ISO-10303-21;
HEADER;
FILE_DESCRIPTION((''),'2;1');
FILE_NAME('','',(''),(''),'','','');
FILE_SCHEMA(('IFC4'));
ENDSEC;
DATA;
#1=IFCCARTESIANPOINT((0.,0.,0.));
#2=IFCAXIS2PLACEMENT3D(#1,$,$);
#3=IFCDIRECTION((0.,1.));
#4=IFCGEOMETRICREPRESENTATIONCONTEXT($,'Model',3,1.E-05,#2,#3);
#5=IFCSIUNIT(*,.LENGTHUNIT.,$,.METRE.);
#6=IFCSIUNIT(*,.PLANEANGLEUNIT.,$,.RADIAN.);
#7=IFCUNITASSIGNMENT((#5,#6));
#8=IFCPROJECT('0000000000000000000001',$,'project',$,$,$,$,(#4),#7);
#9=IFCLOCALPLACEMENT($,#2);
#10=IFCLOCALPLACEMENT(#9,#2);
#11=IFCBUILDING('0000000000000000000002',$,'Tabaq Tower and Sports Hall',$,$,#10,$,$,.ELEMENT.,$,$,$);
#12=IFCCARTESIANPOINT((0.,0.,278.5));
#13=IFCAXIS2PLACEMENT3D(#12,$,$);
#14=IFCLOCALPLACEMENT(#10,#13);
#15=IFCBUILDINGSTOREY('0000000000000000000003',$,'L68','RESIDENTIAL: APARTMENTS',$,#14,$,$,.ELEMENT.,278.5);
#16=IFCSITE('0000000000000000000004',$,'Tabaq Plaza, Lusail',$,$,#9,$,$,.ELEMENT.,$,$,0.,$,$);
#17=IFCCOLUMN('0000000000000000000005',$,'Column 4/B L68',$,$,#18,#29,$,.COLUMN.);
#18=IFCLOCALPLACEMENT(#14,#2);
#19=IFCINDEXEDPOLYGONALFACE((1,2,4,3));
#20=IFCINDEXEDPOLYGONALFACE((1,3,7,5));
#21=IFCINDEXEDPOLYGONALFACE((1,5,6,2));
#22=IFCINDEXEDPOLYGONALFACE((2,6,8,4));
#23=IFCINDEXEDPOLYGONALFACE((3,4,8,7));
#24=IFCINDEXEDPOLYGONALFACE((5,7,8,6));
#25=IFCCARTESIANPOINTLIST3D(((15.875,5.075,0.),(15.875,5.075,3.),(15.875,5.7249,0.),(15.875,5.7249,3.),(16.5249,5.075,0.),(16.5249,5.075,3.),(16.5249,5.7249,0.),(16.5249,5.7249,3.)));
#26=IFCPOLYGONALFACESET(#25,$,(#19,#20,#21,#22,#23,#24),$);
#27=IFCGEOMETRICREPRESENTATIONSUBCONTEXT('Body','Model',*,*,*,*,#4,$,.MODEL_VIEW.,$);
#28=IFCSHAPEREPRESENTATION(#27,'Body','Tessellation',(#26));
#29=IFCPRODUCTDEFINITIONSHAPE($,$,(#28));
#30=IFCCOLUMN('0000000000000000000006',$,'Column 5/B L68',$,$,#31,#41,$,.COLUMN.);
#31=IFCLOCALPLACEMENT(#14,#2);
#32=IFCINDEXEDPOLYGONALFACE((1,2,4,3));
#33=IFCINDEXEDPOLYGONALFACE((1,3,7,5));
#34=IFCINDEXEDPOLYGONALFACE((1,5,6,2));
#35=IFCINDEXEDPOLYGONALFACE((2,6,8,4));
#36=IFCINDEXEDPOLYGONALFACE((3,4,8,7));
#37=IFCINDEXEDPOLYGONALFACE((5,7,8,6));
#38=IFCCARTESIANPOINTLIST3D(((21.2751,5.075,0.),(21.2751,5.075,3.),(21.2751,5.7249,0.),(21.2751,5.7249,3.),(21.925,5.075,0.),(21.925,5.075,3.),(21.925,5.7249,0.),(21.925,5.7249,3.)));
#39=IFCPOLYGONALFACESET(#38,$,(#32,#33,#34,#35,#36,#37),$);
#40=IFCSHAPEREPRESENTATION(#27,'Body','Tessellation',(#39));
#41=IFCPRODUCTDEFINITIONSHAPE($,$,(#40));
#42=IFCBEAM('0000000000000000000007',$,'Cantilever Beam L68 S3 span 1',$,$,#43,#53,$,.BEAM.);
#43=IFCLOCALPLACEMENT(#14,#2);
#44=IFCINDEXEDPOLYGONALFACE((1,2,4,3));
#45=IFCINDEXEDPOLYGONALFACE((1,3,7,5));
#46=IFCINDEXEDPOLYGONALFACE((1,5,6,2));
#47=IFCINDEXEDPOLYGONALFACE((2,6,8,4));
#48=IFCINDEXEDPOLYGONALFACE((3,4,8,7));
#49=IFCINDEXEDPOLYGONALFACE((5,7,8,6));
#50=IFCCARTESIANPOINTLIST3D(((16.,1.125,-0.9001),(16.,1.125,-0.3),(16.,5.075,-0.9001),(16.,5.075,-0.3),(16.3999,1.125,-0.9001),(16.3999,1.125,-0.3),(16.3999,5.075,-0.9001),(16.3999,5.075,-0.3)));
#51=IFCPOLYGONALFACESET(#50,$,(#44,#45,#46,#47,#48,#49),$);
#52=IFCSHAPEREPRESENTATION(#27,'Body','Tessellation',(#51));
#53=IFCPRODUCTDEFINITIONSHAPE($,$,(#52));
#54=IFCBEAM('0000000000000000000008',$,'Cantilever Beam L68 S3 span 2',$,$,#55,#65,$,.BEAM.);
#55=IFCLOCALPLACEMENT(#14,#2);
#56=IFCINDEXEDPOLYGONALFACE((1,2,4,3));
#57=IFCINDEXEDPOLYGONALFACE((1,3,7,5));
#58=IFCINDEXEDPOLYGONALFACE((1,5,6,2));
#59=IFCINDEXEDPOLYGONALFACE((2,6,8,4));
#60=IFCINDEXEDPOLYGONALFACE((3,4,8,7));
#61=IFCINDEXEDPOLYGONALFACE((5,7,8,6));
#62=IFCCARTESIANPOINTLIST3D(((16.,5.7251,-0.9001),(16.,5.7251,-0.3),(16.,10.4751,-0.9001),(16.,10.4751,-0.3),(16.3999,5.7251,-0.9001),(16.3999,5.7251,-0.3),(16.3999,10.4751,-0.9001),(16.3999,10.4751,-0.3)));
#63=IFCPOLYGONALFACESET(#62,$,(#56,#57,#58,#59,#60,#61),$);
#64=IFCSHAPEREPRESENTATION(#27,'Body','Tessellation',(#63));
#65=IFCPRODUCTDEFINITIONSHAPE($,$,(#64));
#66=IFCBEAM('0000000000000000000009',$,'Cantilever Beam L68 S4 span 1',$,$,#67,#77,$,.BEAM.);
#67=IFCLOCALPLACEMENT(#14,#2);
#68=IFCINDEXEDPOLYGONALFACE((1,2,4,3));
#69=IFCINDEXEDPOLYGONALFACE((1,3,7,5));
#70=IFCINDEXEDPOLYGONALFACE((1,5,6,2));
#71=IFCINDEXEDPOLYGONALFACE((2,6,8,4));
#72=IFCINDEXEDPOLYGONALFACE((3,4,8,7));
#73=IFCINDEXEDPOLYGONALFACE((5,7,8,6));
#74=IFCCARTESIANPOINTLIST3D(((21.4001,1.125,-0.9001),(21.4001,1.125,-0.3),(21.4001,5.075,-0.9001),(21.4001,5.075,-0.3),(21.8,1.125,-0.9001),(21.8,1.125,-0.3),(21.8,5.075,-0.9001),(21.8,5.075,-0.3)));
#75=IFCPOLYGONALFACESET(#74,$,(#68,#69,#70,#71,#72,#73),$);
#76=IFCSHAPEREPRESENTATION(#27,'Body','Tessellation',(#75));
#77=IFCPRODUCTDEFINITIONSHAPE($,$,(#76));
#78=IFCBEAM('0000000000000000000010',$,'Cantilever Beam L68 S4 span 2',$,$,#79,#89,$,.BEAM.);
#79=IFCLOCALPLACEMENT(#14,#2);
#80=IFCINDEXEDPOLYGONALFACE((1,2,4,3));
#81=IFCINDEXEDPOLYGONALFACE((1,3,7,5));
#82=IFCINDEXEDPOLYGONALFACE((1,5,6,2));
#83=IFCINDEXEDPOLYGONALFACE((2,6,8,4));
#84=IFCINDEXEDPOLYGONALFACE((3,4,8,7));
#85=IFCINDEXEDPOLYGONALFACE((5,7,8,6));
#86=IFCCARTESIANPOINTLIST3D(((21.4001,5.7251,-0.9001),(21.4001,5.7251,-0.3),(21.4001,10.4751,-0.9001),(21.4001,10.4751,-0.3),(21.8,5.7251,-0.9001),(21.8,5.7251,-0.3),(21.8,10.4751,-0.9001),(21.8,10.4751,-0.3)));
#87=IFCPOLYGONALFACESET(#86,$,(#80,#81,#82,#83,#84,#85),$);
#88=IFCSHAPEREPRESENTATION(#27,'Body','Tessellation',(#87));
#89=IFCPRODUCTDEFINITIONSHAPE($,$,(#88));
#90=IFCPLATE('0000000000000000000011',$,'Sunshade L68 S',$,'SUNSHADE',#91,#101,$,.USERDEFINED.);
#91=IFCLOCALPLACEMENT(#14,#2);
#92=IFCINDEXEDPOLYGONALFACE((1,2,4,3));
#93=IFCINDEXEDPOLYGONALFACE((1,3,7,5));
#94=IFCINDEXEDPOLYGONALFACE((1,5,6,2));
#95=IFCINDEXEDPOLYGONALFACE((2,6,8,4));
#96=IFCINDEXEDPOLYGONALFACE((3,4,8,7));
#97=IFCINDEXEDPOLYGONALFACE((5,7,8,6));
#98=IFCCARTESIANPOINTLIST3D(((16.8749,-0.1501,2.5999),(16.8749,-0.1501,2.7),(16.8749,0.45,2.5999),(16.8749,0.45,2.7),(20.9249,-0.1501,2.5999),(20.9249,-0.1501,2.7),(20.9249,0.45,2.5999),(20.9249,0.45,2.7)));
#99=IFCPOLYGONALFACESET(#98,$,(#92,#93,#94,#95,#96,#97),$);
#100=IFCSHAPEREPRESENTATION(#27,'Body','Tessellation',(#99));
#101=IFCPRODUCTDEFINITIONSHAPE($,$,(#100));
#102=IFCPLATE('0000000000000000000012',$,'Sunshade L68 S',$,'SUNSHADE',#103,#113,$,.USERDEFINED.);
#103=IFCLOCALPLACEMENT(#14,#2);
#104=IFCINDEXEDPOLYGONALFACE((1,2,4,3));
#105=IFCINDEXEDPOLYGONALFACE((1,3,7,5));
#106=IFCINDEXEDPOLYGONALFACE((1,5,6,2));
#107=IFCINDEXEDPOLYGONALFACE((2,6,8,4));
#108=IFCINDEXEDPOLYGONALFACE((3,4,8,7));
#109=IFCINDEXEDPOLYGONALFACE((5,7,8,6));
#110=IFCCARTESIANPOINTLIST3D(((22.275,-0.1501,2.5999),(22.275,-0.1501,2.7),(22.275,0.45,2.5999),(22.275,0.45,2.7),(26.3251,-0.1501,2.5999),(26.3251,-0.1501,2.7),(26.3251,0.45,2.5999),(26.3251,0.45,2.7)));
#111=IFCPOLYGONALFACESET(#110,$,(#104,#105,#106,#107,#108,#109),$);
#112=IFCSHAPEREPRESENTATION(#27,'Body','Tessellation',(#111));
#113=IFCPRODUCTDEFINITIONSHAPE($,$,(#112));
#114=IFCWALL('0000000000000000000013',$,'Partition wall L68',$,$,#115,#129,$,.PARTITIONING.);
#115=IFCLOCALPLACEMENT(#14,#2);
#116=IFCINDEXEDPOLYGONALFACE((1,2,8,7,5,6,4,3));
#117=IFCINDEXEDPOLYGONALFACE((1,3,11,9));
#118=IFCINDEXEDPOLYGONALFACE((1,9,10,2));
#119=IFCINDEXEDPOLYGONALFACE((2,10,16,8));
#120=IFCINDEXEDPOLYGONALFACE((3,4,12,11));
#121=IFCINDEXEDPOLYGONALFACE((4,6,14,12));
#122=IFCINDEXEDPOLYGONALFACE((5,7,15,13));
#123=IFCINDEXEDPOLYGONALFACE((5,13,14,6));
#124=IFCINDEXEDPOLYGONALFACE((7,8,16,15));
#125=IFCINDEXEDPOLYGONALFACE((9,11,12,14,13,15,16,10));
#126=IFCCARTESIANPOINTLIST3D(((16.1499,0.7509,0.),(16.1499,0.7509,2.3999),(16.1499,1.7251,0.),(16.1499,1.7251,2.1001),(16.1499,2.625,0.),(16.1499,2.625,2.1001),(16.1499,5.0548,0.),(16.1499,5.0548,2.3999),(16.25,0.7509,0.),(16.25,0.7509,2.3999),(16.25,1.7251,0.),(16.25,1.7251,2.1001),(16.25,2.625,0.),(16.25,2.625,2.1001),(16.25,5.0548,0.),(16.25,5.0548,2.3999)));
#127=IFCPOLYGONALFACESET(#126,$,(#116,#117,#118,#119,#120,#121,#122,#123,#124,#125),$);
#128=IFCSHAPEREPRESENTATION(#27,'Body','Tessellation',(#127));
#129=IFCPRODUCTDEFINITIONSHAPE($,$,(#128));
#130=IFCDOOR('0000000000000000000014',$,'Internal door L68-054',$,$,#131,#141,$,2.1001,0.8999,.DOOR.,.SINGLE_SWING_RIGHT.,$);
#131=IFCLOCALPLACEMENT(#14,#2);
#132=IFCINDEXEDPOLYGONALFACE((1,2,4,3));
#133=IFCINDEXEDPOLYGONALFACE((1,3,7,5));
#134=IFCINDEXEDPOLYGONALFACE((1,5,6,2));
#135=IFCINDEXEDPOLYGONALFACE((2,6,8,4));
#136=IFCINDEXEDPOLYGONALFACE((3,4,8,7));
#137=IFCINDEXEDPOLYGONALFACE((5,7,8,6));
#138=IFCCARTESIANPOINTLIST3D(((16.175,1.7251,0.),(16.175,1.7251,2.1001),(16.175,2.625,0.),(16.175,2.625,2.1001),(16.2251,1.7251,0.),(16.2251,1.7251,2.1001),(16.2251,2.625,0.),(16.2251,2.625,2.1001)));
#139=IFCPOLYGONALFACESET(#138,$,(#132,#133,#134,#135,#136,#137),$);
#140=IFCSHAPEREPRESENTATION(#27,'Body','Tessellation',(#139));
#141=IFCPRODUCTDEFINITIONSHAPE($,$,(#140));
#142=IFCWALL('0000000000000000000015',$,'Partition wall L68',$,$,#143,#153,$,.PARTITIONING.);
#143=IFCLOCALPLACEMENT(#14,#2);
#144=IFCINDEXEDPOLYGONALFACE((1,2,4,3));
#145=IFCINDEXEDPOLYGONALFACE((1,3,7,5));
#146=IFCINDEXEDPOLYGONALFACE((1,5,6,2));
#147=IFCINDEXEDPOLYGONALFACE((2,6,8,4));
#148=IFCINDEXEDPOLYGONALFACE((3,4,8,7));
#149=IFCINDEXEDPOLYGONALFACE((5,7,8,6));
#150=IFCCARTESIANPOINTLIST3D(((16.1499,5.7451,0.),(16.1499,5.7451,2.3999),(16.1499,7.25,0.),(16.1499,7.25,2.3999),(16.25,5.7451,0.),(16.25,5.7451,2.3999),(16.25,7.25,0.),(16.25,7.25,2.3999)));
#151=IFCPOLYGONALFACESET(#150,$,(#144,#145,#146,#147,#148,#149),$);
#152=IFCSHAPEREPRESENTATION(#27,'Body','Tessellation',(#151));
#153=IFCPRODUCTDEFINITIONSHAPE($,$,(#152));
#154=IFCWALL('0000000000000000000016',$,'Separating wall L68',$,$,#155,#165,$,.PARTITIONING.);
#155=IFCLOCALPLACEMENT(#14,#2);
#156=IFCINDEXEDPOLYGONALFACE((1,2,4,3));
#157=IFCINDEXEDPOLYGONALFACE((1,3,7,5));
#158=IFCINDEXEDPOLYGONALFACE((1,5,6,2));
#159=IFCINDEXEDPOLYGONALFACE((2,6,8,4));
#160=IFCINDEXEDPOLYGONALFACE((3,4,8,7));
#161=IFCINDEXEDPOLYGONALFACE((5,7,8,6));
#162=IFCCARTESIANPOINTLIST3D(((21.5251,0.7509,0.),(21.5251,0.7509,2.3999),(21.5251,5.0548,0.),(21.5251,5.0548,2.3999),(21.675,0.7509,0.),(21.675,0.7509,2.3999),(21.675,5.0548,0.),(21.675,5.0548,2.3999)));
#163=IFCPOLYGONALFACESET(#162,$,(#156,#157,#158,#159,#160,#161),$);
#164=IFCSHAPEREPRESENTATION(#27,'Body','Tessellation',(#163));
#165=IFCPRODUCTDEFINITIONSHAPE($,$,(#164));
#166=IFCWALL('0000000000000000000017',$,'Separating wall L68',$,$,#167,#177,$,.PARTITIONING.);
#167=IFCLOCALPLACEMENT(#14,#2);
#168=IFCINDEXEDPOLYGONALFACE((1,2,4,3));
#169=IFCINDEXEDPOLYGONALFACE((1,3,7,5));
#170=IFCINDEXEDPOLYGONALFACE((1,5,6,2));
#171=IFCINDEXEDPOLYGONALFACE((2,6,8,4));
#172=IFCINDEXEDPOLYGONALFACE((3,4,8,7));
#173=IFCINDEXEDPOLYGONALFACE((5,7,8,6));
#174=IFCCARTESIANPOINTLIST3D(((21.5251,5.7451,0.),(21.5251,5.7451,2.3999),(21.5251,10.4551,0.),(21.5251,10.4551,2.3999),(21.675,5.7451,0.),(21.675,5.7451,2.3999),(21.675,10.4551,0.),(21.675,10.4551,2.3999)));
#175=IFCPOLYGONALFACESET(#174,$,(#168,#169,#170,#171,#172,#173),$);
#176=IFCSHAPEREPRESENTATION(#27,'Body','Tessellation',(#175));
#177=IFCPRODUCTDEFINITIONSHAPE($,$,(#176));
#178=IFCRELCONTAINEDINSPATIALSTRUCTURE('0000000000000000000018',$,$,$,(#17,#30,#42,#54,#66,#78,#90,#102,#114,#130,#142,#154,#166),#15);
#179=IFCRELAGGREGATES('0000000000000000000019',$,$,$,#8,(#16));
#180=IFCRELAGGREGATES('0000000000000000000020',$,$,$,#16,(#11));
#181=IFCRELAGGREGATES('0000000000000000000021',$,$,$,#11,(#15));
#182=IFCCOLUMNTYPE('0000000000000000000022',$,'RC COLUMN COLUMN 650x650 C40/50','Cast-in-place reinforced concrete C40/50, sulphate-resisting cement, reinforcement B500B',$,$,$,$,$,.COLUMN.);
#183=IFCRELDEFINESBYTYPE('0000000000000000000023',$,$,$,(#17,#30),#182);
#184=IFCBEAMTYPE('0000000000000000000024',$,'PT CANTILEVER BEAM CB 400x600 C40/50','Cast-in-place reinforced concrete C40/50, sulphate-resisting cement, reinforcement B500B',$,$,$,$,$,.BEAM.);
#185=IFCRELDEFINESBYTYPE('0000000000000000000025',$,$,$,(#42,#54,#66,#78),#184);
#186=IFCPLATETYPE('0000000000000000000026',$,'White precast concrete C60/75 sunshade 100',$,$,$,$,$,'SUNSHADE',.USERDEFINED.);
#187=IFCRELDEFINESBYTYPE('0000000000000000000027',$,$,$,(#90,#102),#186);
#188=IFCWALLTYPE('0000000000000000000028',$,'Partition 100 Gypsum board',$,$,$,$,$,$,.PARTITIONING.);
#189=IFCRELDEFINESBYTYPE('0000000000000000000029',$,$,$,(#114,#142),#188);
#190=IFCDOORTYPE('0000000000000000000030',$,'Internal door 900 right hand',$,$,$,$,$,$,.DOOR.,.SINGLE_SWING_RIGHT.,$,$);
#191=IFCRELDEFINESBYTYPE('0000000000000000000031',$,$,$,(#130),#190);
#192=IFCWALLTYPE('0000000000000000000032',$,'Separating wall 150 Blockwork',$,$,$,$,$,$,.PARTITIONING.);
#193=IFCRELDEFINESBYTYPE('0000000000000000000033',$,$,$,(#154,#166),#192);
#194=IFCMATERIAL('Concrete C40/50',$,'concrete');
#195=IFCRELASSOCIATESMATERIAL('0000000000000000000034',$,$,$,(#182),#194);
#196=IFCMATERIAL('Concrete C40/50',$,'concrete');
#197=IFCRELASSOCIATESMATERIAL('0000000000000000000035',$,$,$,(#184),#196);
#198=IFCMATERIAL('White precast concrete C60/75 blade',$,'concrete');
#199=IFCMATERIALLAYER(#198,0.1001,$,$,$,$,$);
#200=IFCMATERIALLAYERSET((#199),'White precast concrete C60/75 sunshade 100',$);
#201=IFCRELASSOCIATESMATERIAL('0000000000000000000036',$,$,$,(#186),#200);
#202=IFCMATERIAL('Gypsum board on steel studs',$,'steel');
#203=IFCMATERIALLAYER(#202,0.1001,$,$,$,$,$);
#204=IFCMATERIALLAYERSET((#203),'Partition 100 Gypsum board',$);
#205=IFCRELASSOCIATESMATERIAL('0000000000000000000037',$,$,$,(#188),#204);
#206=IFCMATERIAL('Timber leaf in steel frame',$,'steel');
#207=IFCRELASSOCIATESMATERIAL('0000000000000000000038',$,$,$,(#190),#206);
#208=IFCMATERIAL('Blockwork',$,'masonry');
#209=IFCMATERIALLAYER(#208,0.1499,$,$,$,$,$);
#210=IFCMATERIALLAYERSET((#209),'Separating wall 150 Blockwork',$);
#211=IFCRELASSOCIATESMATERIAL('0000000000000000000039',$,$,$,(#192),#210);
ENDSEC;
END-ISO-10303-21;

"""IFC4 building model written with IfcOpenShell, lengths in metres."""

from ifc_helpers import new_model, si_unit, direction, frame, frame_2d, origin, origin_2d, place, context, subcontext, project, spatial, rectangle, extrude, material, layer, layer_set, material_profile, profile_set, type_object, element, fill, save


model = new_model("IFC4")

# Units and contexts
model_context = context("Model", 3, precision=1e-05, world=origin(), true_north=direction((0.0, 1.0)))
body_context = subcontext(model_context, "Body", "Model", "MODEL_VIEW")
ifc_project = project(units=[si_unit("LENGTHUNIT", "METRE"), si_unit("PLANEANGLEUNIT", "RADIAN")], contexts=[model_context])

# Site, building, storey
site_placement = place(None, origin())
site = spatial("IfcSite", under=ifc_project, at=site_placement, Name="Tabaq Plaza, Lusail", CompositionType="ELEMENT", RefElevation=0.0)
building_placement = place(site_placement, origin())
building = spatial("IfcBuilding", under=site, at=building_placement, Name="Tabaq Tower and Sports Hall", CompositionType="ELEMENT")
storey_placement = place(building_placement, frame((0.0, 0.0, 278.5)))
storey = spatial("IfcBuildingStorey", under=building, at=storey_placement, Name="L68", Description="RESIDENTIAL: APARTMENTS", CompositionType="ELEMENT", Elevation=278.5)

# Columns
ifc_material_1 = material(Name="Concrete C40/50", Category="concrete")
ifc_material_profile_1 = material_profile(ifc_material_1, rectangle(XDim=0.6499, YDim=0.6499, at=origin_2d()), Name="COLUMN 650x650")
ifc_profile_set_1 = profile_set([ifc_material_profile_1], Name="Concrete C40/50")
column_type = type_object("IfcColumnType", Name="RC COLUMN COLUMN 650x650 C40/50", Description="Cast-in-place reinforced concrete C40/50, sulphate-resisting cement, reinforcement B500B", PredefinedType="COLUMN", material=ifc_profile_set_1)
for number, where, z_axis, x_axis, name in (
    (1, (16.2, 5.3999, 0.0), (0.0, 0.0, 1.0), (1.0, 0.0, 0.0), "Column 4/B L68"),
    (2, (21.6001, 5.3999, 0.0), (0.0, 0.0, 1.0), (1.0, 0.0, 0.0), "Column 5/B L68"),
):
    element("IfcColumn", number, at=place(storey_placement, frame(where, z_axis=z_axis, x_axis=x_axis)), inside=storey, type_object=column_type, Name=name, PredefinedType="COLUMN", context=body_context, shape_type="SweptSolid", body=[
        extrude(rectangle(XDim=0.6499, YDim=0.6499, at=origin_2d()), origin(), (0.0, 0.0, 1.0), 3.0),
    ])

# Beams
ifc_material_2 = material(Name="Concrete C40/50", Category="concrete")
ifc_material_profile_2 = material_profile(ifc_material_2, rectangle(XDim=0.3999, YDim=0.6001, at=origin_2d()), Name="CB 400x600")
ifc_profile_set_2 = profile_set([ifc_material_profile_2], Name="Concrete C40/50")
beam_type = type_object("IfcBeamType", Name="PT CANTILEVER BEAM CB 400x600 C40/50", Description="Cast-in-place reinforced concrete C40/50, sulphate-resisting cement, reinforcement B500B", PredefinedType="BEAM", material=ifc_profile_set_2)
beam_1_placement = place(storey_placement, frame((16.2, 1.125, -0.6001), z_axis=(0.0, 1.0, 0.0), x_axis=(-1.0, 0.0, 0.0)))
element("IfcBeam", 3, at=beam_1_placement, inside=storey, type_object=beam_type, Name="Cantilever Beam L68 S3 span 1", PredefinedType="BEAM", context=body_context, shape_type="SweptSolid", body=[
    extrude(rectangle(XDim=0.3999, YDim=0.6001, at=origin_2d()), origin(), (0.0, 0.0, 1.0), 3.95),
])
beam_2_placement = place(storey_placement, frame((16.2, 5.7251, -0.6001), z_axis=(0.0, 1.0, 0.0), x_axis=(-1.0, 0.0, 0.0)))
element("IfcBeam", 4, at=beam_2_placement, inside=storey, type_object=beam_type, Name="Cantilever Beam L68 S3 span 2", PredefinedType="BEAM", context=body_context, shape_type="SweptSolid", body=[
    extrude(rectangle(XDim=0.3999, YDim=0.6001, at=origin_2d()), origin(), (0.0, 0.0, 1.0), 4.75),
])
beam_3_placement = place(storey_placement, frame((21.6001, 1.125, -0.6001), z_axis=(0.0, 1.0, 0.0), x_axis=(-1.0, 0.0, 0.0)))
element("IfcBeam", 5, at=beam_3_placement, inside=storey, type_object=beam_type, Name="Cantilever Beam L68 S4 span 1", PredefinedType="BEAM", context=body_context, shape_type="SweptSolid", body=[
    extrude(rectangle(XDim=0.3999, YDim=0.6001, at=origin_2d()), origin(), (0.0, 0.0, 1.0), 3.95),
])
beam_4_placement = place(storey_placement, frame((21.6001, 5.7251, -0.6001), z_axis=(0.0, 1.0, 0.0), x_axis=(-1.0, 0.0, 0.0)))
element("IfcBeam", 6, at=beam_4_placement, inside=storey, type_object=beam_type, Name="Cantilever Beam L68 S4 span 2", PredefinedType="BEAM", context=body_context, shape_type="SweptSolid", body=[
    extrude(rectangle(XDim=0.3999, YDim=0.6001, at=origin_2d()), origin(), (0.0, 0.0, 1.0), 4.75),
])

# Plates
ifc_material_3 = material(Name="White precast concrete C60/75 blade", Category="concrete")
ifc_layer_1 = layer(ifc_material_3, 0.1001)
ifc_layer_set_1 = layer_set([ifc_layer_1], Name="White precast concrete C60/75 sunshade 100")
plate_type = type_object("IfcPlateType", Name="White precast concrete C60/75 sunshade 100", ElementType="SUNSHADE", PredefinedType="USERDEFINED", material=ifc_layer_set_1)
for number, where, z_axis, x_axis, name in (
    (7, (18.8999, 0.1499, 2.5999), (0.0, 0.0, 1.0), (1.0, 0.0, 0.0), "Sunshade L68 S"),
    (8, (24.3, 0.1499, 2.5999), (0.0, 0.0, 1.0), (1.0, 0.0, 0.0), "Sunshade L68 S"),
):
    element("IfcPlate", number, at=place(storey_placement, frame(where, z_axis=z_axis, x_axis=x_axis)), inside=storey, type_object=plate_type, Name=name, ObjectType="SUNSHADE", PredefinedType="USERDEFINED", context=body_context, shape_type="SweptSolid", body=[
        extrude(rectangle(XDim=4.05, YDim=0.6001, at=origin_2d()), origin(), (0.0, 0.0, 1.0), 0.1001),
    ])

# Wall, opening, door
ifc_material_4 = material(Name="Gypsum board on steel studs", Category="steel")
ifc_layer_2 = layer(ifc_material_4, 0.1001)
ifc_layer_set_2 = layer_set([ifc_layer_2], Name="Partition 100 Gypsum board")
wall_type_1 = type_object("IfcWallType", Name="Partition 100 Gypsum board", PredefinedType="PARTITIONING", material=ifc_layer_set_2)
wall_1_placement = place(storey_placement, frame((16.2, 0.751, 0.0), z_axis=(0.0, 0.0, 1.0), x_axis=(0.0, 1.0, 0.0)))
wall_1 = element("IfcWall", 9, at=wall_1_placement, inside=storey, type_object=wall_type_1, Name="Partition wall L68", PredefinedType="PARTITIONING", context=body_context, shape_type="SweptSolid", body=[
    extrude(rectangle(XDim=4.304, YDim=0.1001, at=frame_2d((2.1519, 0.0))), origin(), (0.0, 0.0, 1.0), 2.3999),
])
opening_placement = place(wall_1_placement, frame((0.9741, 0.0, 0.0)))
opening = element("IfcOpeningElement", 10, at=opening_placement, cuts=wall_1, PredefinedType="OPENING", context=body_context, shape_type="SweptSolid", body=[
    extrude(rectangle(XDim=0.8999, YDim=2.1001, at=frame_2d((0.45, 1.05))), frame((0.0, 0.05, 0.0), z_axis=(0.0, -1.0, 0.0), x_axis=(1.0, 0.0, 0.0)), (0.0, 0.0, 1.0), 0.1001),
])
ifc_material_5 = material(Name="Timber leaf in steel frame", Category="steel")
door_type = type_object("IfcDoorType", Name="Internal door 900 right hand", OperationType="SINGLE_SWING_RIGHT", PredefinedType="DOOR", material=ifc_material_5)
door_placement = place(opening_placement, origin())
door = element("IfcDoor", 11, at=door_placement, inside=storey, type_object=door_type, Name="Internal door L68-054", OperationType="SINGLE_SWING_RIGHT", OverallHeight=2.1001, OverallWidth=0.8999, PredefinedType="DOOR", context=body_context, shape_type="SweptSolid", body=[
    extrude(rectangle(XDim=0.8999, YDim=2.1001, at=frame_2d((0.45, 1.05))), frame((0.0, 0.0249, 0.0), z_axis=(0.0, -1.0, 0.0), x_axis=(1.0, 0.0, 0.0)), (0.0, 0.0, 1.0), 0.05),
])
fill(opening, door)

# Walls
wall_2_placement = place(storey_placement, frame((16.2, 5.7451, 0.0), z_axis=(0.0, 0.0, 1.0), x_axis=(0.0, 1.0, 0.0)))
element("IfcWall", 12, at=wall_2_placement, inside=storey, type_object=wall_type_1, Name="Partition wall L68", PredefinedType="PARTITIONING", context=body_context, shape_type="SweptSolid", body=[
    extrude(rectangle(XDim=1.5049, YDim=0.1001, at=frame_2d((0.7524, 0.0))), origin(), (0.0, 0.0, 1.0), 2.3999),
])
ifc_material_6 = material(Name="Blockwork", Category="masonry")
ifc_layer_3 = layer(ifc_material_6, 0.1499)
ifc_layer_set_3 = layer_set([ifc_layer_3], Name="Separating wall 150 Blockwork")
wall_type_2 = type_object("IfcWallType", Name="Separating wall 150 Blockwork", PredefinedType="PARTITIONING", material=ifc_layer_set_3)
wall_3_placement = place(storey_placement, frame((21.6001, 0.751, 0.0), z_axis=(0.0, 0.0, 1.0), x_axis=(0.0, 1.0, 0.0)))
element("IfcWall", 13, at=wall_3_placement, inside=storey, type_object=wall_type_2, Name="Separating wall L68", PredefinedType="PARTITIONING", context=body_context, shape_type="SweptSolid", body=[
    extrude(rectangle(XDim=4.304, YDim=0.1499, at=frame_2d((2.1519, 0.0))), origin(), (0.0, 0.0, 1.0), 2.3999),
])
wall_4_placement = place(storey_placement, frame((21.6001, 5.7451, 0.0), z_axis=(0.0, 0.0, 1.0), x_axis=(0.0, 1.0, 0.0)))
element("IfcWall", 14, at=wall_4_placement, inside=storey, type_object=wall_type_2, Name="Separating wall L68", PredefinedType="PARTITIONING", context=body_context, shape_type="SweptSolid", body=[
    extrude(rectangle(XDim=4.71, YDim=0.1499, at=frame_2d((2.355, 0.0))), origin(), (0.0, 0.0, 1.0), 2.3999),
])

save(model, "model.ifc")
